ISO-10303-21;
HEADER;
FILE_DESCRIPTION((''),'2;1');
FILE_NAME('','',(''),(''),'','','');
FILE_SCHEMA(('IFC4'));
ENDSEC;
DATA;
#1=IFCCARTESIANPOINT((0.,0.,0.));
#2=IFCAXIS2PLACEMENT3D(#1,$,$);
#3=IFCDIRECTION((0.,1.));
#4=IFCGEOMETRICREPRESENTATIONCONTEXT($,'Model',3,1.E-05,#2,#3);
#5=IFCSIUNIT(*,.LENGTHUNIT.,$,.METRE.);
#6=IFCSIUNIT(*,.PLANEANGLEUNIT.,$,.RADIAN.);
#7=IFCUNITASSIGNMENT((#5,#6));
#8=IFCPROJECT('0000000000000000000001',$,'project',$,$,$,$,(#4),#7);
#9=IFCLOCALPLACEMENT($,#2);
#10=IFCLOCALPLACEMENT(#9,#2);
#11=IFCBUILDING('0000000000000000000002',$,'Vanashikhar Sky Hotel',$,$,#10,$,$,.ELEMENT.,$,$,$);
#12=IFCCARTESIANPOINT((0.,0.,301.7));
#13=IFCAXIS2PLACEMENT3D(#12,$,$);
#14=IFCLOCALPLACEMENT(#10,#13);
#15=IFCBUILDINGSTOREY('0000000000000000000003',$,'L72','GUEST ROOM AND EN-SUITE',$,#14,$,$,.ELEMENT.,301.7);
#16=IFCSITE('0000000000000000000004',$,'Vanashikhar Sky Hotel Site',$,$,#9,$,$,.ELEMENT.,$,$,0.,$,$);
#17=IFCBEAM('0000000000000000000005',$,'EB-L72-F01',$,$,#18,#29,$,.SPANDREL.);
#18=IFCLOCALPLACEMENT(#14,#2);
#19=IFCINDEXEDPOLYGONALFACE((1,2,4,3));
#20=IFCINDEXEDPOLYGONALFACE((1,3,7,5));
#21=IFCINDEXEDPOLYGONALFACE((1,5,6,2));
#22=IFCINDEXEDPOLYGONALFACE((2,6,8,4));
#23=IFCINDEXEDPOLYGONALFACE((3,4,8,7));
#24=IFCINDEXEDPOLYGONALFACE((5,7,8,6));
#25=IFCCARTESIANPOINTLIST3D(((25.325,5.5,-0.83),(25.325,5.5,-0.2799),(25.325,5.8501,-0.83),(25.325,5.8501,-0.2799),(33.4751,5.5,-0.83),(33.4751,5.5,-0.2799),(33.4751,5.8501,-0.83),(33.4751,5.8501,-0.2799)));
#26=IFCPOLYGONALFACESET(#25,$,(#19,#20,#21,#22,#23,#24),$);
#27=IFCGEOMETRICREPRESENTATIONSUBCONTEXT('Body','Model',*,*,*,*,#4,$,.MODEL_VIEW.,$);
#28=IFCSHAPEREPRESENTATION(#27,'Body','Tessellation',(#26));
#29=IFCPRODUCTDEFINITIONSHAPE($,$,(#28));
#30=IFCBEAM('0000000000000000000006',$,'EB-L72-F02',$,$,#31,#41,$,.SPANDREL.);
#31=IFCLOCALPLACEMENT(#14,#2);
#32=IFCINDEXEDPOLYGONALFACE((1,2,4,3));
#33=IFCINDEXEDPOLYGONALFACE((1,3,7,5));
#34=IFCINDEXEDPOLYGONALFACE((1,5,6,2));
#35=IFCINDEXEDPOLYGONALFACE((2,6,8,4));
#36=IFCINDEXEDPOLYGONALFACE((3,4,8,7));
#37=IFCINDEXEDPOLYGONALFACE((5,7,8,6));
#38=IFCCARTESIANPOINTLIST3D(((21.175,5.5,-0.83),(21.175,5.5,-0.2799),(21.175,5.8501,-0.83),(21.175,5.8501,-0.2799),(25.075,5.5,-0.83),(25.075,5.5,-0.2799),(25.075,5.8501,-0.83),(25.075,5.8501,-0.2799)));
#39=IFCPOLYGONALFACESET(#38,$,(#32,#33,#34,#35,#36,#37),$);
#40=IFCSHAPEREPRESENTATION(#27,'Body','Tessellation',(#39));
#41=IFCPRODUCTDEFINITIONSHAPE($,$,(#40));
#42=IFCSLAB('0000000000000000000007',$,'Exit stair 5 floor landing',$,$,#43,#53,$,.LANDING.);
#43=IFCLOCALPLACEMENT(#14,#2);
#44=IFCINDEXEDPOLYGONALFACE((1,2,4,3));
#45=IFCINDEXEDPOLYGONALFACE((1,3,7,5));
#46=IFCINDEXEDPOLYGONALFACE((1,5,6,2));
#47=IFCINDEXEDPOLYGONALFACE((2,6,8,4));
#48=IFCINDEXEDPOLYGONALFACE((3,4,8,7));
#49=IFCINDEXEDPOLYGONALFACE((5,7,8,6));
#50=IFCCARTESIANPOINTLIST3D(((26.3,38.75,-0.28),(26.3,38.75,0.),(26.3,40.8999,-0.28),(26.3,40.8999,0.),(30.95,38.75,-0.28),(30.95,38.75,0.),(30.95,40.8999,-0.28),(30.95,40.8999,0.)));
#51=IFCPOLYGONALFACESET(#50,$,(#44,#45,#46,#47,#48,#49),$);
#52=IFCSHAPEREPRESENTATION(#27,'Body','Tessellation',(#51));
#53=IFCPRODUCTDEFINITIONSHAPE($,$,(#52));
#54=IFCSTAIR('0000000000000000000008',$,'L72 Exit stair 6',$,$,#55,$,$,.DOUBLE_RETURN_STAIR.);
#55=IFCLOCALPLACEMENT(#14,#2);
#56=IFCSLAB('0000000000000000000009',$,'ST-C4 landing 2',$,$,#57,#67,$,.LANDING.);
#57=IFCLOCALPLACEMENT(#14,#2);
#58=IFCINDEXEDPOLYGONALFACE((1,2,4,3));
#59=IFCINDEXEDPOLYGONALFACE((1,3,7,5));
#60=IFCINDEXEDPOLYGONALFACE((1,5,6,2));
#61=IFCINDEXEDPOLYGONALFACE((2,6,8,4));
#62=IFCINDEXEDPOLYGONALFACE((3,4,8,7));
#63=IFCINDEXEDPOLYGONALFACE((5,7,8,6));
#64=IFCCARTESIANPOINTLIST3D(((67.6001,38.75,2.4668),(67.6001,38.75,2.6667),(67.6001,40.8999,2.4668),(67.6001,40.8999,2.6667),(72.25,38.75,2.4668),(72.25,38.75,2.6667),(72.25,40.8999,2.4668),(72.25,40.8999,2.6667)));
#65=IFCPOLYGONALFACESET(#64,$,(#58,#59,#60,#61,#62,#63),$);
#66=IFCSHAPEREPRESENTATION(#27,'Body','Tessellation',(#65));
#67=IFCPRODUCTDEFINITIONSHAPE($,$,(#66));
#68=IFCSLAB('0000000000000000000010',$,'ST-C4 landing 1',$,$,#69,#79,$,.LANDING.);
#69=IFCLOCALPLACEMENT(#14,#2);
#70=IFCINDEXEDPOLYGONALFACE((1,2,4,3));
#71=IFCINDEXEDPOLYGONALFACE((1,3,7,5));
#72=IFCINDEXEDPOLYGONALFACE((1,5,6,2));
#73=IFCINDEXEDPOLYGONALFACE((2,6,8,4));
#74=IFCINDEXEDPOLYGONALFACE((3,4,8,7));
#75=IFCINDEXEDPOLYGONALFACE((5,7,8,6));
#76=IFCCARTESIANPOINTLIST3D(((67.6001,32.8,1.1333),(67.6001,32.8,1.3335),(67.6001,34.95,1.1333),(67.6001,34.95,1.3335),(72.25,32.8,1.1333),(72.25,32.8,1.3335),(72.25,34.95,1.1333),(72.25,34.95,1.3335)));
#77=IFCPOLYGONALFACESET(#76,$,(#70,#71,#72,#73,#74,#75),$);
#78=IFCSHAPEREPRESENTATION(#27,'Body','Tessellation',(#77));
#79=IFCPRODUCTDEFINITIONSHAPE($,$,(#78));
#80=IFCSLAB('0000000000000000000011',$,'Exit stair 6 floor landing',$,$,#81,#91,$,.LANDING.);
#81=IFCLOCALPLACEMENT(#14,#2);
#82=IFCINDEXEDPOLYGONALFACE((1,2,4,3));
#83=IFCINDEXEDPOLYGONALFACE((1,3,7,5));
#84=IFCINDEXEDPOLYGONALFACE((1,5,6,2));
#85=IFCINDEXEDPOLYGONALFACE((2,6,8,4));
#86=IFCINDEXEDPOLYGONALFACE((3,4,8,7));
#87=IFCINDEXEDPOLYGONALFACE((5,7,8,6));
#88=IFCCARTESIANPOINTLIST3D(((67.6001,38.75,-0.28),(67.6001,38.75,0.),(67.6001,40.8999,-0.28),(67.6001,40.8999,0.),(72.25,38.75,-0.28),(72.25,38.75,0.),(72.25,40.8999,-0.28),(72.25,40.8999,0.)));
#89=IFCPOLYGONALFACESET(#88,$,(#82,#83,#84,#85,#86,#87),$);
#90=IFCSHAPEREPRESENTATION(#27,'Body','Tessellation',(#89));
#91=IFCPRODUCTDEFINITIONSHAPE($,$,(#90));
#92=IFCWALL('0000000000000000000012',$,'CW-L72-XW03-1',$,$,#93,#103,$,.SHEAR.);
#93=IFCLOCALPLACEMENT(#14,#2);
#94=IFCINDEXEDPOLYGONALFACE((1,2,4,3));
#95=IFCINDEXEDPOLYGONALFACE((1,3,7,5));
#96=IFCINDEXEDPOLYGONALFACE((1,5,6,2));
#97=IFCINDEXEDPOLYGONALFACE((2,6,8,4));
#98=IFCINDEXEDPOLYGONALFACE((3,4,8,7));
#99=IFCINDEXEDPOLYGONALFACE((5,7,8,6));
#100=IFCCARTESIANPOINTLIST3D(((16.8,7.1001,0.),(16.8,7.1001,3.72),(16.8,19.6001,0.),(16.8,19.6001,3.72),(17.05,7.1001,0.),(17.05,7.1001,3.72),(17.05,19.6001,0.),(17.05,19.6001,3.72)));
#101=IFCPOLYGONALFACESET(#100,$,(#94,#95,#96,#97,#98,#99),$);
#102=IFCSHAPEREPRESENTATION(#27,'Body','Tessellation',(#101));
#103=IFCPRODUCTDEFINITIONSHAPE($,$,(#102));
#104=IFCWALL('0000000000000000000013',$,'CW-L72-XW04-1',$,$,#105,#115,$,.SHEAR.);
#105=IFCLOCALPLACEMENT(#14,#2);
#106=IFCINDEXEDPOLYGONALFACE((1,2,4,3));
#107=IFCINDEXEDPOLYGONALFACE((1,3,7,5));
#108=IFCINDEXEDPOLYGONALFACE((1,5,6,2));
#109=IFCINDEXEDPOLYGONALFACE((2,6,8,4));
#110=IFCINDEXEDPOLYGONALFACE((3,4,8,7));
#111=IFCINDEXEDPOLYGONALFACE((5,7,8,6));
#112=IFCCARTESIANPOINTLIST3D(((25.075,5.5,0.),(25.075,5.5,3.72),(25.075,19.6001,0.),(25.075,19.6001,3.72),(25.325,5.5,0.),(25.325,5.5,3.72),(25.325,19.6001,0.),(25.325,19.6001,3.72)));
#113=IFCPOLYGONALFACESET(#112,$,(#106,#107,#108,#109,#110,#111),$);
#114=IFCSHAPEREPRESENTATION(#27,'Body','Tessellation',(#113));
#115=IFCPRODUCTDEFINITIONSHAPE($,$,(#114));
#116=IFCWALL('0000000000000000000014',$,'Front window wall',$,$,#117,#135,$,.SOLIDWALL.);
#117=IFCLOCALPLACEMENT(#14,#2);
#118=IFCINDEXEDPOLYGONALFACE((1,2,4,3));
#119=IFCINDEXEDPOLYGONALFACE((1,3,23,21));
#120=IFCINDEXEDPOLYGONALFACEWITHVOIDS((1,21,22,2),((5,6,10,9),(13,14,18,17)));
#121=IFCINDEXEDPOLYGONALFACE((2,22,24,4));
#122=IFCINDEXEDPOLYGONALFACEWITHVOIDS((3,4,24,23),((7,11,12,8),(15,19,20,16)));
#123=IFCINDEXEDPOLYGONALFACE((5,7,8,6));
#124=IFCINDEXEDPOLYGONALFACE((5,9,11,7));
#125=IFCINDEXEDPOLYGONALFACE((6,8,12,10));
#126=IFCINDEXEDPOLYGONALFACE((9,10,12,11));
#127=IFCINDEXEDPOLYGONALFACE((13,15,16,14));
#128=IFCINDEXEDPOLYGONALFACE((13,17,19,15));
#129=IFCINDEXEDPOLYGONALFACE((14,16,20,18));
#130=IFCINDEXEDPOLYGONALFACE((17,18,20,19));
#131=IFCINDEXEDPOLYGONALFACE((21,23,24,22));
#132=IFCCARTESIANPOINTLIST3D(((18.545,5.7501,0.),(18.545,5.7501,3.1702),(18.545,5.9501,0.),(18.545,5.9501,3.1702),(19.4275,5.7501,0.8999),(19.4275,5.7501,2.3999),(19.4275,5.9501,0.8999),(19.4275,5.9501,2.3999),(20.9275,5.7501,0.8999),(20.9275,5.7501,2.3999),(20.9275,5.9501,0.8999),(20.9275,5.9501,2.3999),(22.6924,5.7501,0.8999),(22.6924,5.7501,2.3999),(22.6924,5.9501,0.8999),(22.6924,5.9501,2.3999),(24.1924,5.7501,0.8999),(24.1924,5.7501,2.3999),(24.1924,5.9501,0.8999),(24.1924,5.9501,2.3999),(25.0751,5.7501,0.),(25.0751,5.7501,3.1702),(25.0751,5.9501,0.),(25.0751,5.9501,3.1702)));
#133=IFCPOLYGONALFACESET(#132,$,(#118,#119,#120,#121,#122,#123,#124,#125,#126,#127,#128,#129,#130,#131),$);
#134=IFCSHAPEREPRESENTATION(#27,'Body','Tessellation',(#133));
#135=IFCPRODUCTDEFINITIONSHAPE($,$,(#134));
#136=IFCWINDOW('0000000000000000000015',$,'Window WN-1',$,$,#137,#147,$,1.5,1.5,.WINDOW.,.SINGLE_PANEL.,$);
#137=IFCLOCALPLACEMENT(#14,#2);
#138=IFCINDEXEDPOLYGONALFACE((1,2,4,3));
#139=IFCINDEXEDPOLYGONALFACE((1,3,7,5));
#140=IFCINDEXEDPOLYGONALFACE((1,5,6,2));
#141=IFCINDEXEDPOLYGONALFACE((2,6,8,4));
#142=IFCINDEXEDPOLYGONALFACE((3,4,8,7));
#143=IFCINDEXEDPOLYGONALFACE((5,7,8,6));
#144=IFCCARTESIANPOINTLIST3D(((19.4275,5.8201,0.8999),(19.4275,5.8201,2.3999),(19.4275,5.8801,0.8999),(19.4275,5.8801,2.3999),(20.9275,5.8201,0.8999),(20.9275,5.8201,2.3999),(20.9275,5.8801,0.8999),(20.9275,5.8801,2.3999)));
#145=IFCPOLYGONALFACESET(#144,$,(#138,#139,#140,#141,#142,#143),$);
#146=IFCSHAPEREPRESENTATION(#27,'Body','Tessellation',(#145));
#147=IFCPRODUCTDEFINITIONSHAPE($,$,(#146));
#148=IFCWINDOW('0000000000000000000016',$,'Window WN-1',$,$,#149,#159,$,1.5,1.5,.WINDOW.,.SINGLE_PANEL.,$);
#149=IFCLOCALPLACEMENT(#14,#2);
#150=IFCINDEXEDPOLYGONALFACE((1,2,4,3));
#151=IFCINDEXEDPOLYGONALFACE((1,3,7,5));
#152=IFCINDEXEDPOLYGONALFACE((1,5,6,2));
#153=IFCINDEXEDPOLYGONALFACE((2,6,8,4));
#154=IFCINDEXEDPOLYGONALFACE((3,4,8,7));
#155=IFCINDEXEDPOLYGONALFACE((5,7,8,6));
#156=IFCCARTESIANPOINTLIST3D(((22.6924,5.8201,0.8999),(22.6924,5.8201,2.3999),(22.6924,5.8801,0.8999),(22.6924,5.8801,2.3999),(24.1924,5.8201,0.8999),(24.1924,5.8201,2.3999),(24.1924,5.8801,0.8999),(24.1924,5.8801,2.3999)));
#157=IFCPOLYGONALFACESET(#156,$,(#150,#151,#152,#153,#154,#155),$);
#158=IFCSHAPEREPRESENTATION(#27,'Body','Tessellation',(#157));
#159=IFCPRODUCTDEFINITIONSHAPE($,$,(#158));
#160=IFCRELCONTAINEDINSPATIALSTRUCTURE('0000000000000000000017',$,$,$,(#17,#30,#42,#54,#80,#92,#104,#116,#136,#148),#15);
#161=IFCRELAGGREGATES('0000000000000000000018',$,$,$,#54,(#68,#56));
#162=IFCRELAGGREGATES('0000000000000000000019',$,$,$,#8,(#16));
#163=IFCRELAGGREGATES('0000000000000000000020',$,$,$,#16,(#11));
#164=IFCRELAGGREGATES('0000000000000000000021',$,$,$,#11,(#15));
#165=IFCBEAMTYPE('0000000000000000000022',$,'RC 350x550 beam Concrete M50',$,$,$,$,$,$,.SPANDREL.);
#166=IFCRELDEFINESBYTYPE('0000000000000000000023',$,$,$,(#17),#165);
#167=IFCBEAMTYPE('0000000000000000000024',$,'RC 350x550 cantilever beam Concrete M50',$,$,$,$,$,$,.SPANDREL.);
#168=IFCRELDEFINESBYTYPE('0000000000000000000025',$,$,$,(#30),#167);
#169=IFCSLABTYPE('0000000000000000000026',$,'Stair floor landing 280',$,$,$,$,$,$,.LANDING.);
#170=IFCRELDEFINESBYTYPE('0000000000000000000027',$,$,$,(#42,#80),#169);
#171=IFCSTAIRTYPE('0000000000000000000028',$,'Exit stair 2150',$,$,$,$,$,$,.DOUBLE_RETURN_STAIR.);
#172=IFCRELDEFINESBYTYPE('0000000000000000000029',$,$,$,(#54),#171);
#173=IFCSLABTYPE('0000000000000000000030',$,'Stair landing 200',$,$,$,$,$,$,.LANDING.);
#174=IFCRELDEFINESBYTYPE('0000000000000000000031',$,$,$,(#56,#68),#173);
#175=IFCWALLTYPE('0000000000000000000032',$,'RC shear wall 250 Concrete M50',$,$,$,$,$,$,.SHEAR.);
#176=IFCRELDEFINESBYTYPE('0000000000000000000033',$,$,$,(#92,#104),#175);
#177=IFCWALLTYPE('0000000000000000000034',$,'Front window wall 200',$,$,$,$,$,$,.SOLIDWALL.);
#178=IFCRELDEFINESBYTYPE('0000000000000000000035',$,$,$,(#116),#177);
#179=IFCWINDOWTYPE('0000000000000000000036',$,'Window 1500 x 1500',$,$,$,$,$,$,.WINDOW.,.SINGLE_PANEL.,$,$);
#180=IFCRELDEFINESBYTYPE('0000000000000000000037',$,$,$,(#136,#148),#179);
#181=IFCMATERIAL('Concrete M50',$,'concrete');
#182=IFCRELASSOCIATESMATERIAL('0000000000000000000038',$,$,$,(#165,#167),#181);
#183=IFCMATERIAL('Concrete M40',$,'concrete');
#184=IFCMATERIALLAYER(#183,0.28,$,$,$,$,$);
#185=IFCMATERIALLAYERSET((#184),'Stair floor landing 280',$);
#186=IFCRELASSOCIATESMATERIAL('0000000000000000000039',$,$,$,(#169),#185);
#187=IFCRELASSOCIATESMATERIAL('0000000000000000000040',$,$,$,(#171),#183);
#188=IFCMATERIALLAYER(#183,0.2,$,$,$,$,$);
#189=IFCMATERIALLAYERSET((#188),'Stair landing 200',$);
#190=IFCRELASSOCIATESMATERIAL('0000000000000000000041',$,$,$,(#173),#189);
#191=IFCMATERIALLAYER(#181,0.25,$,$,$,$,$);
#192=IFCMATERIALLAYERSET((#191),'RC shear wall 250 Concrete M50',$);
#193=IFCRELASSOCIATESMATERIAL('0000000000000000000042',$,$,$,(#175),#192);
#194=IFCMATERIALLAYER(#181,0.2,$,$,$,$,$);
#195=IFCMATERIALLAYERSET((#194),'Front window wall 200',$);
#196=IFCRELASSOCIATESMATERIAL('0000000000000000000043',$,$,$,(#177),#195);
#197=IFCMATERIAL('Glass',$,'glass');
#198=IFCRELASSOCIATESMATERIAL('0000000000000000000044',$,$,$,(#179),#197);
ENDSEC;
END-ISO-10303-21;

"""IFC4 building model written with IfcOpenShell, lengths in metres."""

from ifc_helpers import new_model, si_unit, direction, frame, frame_2d, origin, origin_2d, place, context, subcontext, project, spatial, polyline, rectangle, outline, extrude, source, transform, mapped, material, layer, layer_set, material_profile, profile_set, type_object, element, fill, aggregate, save


model = new_model("IFC4")

# Units and contexts
model_context = context("Model", 3, precision=1e-05, world=origin(), true_north=direction((0.0, 1.0)))
body_context = subcontext(model_context, "Body", "Model", "MODEL_VIEW")
ifc_project = project(units=[si_unit("LENGTHUNIT", "METRE"), si_unit("PLANEANGLEUNIT", "RADIAN")], contexts=[model_context])

# Site, building, storey
site_placement = place(None, origin())
site = spatial("IfcSite", under=ifc_project, at=site_placement, Name="Vanashikhar Sky Hotel Site", CompositionType="ELEMENT", RefElevation=0.0)
building_placement = place(site_placement, origin())
building = spatial("IfcBuilding", under=site, at=building_placement, Name="Vanashikhar Sky Hotel", CompositionType="ELEMENT")
storey_placement = place(building_placement, frame((0.0, 0.0, 301.7)))
storey = spatial("IfcBuildingStorey", under=building, at=storey_placement, Name="L72", Description="GUEST ROOM AND EN-SUITE", CompositionType="ELEMENT", Elevation=301.7)

# Beams
ifc_material_1 = material(Name="Concrete M50", Category="concrete")
ifc_material_profile_1 = material_profile(ifc_material_1, rectangle(XDim=0.3501, YDim=0.55, at=origin_2d()))
ifc_profile_set_1 = profile_set([ifc_material_profile_1], Name="RC 350x550 beam Concrete M50")
beam_type_1 = type_object("IfcBeamType", Name="RC 350x550 beam Concrete M50", PredefinedType="SPANDREL", material=ifc_profile_set_1)
shared_shape_1 = source(origin(), body_context, "Body", "SweptSolid", [
    extrude(rectangle(XDim=0.3501, YDim=0.55, at=origin_2d()), origin(), (0.0, 0.0, 1.0), 8.1501),
])
beam_1_placement = place(storey_placement, frame((25.325, 5.675, -0.5549), z_axis=(1.0, 0.0, 0.0), x_axis=(0.0, 1.0, 0.0)))
element("IfcBeam", 1, at=beam_1_placement, inside=storey, type_object=beam_type_1, Name="EB-L72-F01", PredefinedType="SPANDREL", context=body_context, shape_type="MappedRepresentation", body=[
    mapped(shared_shape_1, transform((0.0, 0.0, 0.0), scale=1.0)),
])
ifc_material_profile_2 = material_profile(ifc_material_1, rectangle(XDim=0.3501, YDim=0.55, at=origin_2d()))
ifc_profile_set_2 = profile_set([ifc_material_profile_2], Name="RC 350x550 cantilever beam Concrete M50")
beam_type_2 = type_object("IfcBeamType", Name="RC 350x550 cantilever beam Concrete M50", PredefinedType="SPANDREL", material=ifc_profile_set_2)
shared_shape_2 = source(origin(), body_context, "Body", "SweptSolid", [
    extrude(rectangle(XDim=0.3501, YDim=0.55, at=origin_2d()), origin(), (0.0, 0.0, 1.0), 3.8999),
])
beam_2_placement = place(storey_placement, frame((21.175, 5.675, -0.5549), z_axis=(1.0, 0.0, 0.0), x_axis=(0.0, 1.0, 0.0)))
element("IfcBeam", 2, at=beam_2_placement, inside=storey, type_object=beam_type_2, Name="EB-L72-F02", PredefinedType="SPANDREL", context=body_context, shape_type="MappedRepresentation", body=[
    mapped(shared_shape_2, transform((0.0, 0.0, 0.0), scale=1.0)),
])

# Slab
ifc_material_2 = material(Name="Concrete M40", Category="concrete")
ifc_layer_1 = layer(ifc_material_2, 0.28)
ifc_layer_set_1 = layer_set([ifc_layer_1], Name="Stair floor landing 280")
slab_type_1 = type_object("IfcSlabType", Name="Stair floor landing 280", PredefinedType="LANDING", material=ifc_layer_set_1)
shared_shape_3 = source(origin(), body_context, "Body", "SweptSolid", [
    extrude(outline(polyline([(30.95, 38.75), (30.95, 40.8999), (26.3, 40.8999), (26.3, 38.75), (30.95, 38.75)])), origin(), (0.0, 0.0, 1.0), 0.28),
])
slab_1_placement = place(storey_placement, frame((0.0, 0.0, -0.28)))
element("IfcSlab", 3, at=slab_1_placement, inside=storey, type_object=slab_type_1, Name="Exit stair 5 floor landing", PredefinedType="LANDING", context=body_context, shape_type="MappedRepresentation", body=[
    mapped(shared_shape_3, transform((0.0, 0.0, 0.0), scale=1.0)),
])

# Stair, slabs
stair_type = type_object("IfcStairType", Name="Exit stair 2150", PredefinedType="DOUBLE_RETURN_STAIR", material=ifc_material_2)
stair_placement = place(storey_placement, origin())
stair = element("IfcStair", 4, at=stair_placement, inside=storey, type_object=stair_type, Name="L72 Exit stair 6", PredefinedType="DOUBLE_RETURN_STAIR")
ifc_layer_2 = layer(ifc_material_2, 0.2)
ifc_layer_set_2 = layer_set([ifc_layer_2], Name="Stair landing 200")
slab_type_2 = type_object("IfcSlabType", Name="Stair landing 200", PredefinedType="LANDING", material=ifc_layer_set_2)
shared_shape_4 = source(origin(), body_context, "Body", "SweptSolid", [
    extrude(outline(polyline([(72.25, 38.75), (72.25, 40.8999), (67.6001, 40.8999), (67.6001, 38.75), (72.25, 38.75)])), origin(), (0.0, 0.0, 1.0), 0.2),
])
slab_2_placement = place(storey_placement, frame((0.0, 0.0, 2.4668)))
slab_2 = element("IfcSlab", 5, at=slab_2_placement, type_object=slab_type_2, Name="ST-C4 landing 2", PredefinedType="LANDING", context=body_context, shape_type="MappedRepresentation", body=[
    mapped(shared_shape_4, transform((0.0, 0.0, 0.0), scale=1.0)),
])
shared_shape_5 = source(origin(), body_context, "Body", "SweptSolid", [
    extrude(outline(polyline([(72.25, 32.8), (72.25, 34.95), (67.6001, 34.95), (67.6001, 32.8), (72.25, 32.8)])), origin(), (0.0, 0.0, 1.0), 0.2002),
])
slab_3_placement = place(storey_placement, frame((0.0, 0.0, 1.1333)))
slab_3 = element("IfcSlab", 6, at=slab_3_placement, type_object=slab_type_2, Name="ST-C4 landing 1", PredefinedType="LANDING", context=body_context, shape_type="MappedRepresentation", body=[
    mapped(shared_shape_5, transform((0.0, 0.0, 0.0), scale=1.0)),
])
aggregate(stair, [slab_3, slab_2])

# Slab
shared_shape_6 = source(origin(), body_context, "Body", "SweptSolid", [
    extrude(outline(polyline([(72.25, 38.75), (72.25, 40.8999), (67.6001, 40.8999), (67.6001, 38.75), (72.25, 38.75)])), origin(), (0.0, 0.0, 1.0), 0.28),
])
slab_4_placement = place(storey_placement, frame((0.0, 0.0, -0.28)))
element("IfcSlab", 7, at=slab_4_placement, inside=storey, type_object=slab_type_1, Name="Exit stair 6 floor landing", PredefinedType="LANDING", context=body_context, shape_type="MappedRepresentation", body=[
    mapped(shared_shape_6, transform((0.0, 0.0, 0.0), scale=1.0)),
])

# Walls
ifc_layer_3 = layer(ifc_material_1, 0.25)
ifc_layer_set_3 = layer_set([ifc_layer_3], Name="RC shear wall 250 Concrete M50")
wall_type_1 = type_object("IfcWallType", Name="RC shear wall 250 Concrete M50", PredefinedType="SHEAR", material=ifc_layer_set_3)
shared_shape_7 = source(origin(), body_context, "Body", "SweptSolid", [
    extrude(rectangle(XDim=12.5, YDim=0.25, at=frame_2d((6.25, 0.0))), origin(), (0.0, 0.0, 1.0), 3.72),
])
wall_1_placement = place(storey_placement, frame((16.925, 7.1001, 0.0), z_axis=(0.0, 0.0, 1.0), x_axis=(0.0, 1.0, 0.0)))
element("IfcWall", 8, at=wall_1_placement, inside=storey, type_object=wall_type_1, Name="CW-L72-XW03-1", PredefinedType="SHEAR", context=body_context, shape_type="MappedRepresentation", body=[
    mapped(shared_shape_7, transform((0.0, 0.0, 0.0), scale=1.0)),
])
shared_shape_8 = source(origin(), body_context, "Body", "SweptSolid", [
    extrude(rectangle(XDim=14.1001, YDim=0.25, at=frame_2d((7.05, 0.0))), origin(), (0.0, 0.0, 1.0), 3.72),
])
wall_2_placement = place(storey_placement, frame((25.2, 5.5, 0.0), z_axis=(0.0, 0.0, 1.0), x_axis=(0.0, 1.0, 0.0)))
element("IfcWall", 9, at=wall_2_placement, inside=storey, type_object=wall_type_1, Name="CW-L72-XW04-1", PredefinedType="SHEAR", context=body_context, shape_type="MappedRepresentation", body=[
    mapped(shared_shape_8, transform((0.0, 0.0, 0.0), scale=1.0)),
])

# Wall, openings, windows
ifc_layer_4 = layer(ifc_material_1, 0.2)
ifc_layer_set_4 = layer_set([ifc_layer_4], Name="Front window wall 200")
wall_type_2 = type_object("IfcWallType", Name="Front window wall 200", PredefinedType="SOLIDWALL", material=ifc_layer_set_4)
shared_shape_9 = source(origin(), body_context, "Body", "SweptSolid", [
    extrude(rectangle(XDim=6.53, YDim=0.2, at=frame_2d((3.2651, 0.0))), origin(), (0.0, 0.0, 1.0), 3.1702),
])
wall_3_placement = place(storey_placement, frame((18.5449, 5.8501, 0.0), z_axis=(0.0, 0.0, 1.0), x_axis=(1.0, 0.0, 0.0)))
wall_3 = element("IfcWall", 10, at=wall_3_placement, inside=storey, type_object=wall_type_2, Name="Front window wall", PredefinedType="SOLIDWALL", context=body_context, shape_type="MappedRepresentation", body=[
    mapped(shared_shape_9, transform((0.0, 0.0, 0.0), scale=1.0)),
])
shared_shape_10 = source(origin(), body_context, "Body", "SweptSolid", [
    extrude(rectangle(XDim=1.5, YDim=1.5, at=frame_2d((0.75, 0.75))), frame((0.0, 0.1099, 0.0), z_axis=(0.0, -1.0, 0.0), x_axis=(1.0, 0.0, 0.0)), (0.0, 0.0, 1.0), 0.22),
])
opening_1_placement = place(wall_3_placement, frame((0.8826, 0.0, 0.8999)))
opening_1 = element("IfcOpeningElement", 11, at=opening_1_placement, cuts=wall_3, PredefinedType="OPENING", context=body_context, shape_type="MappedRepresentation", body=[
    mapped(shared_shape_10, transform((0.0, 0.0, 0.0), scale=1.0)),
])
opening_2_placement = place(wall_3_placement, frame((4.1475, 0.0, 0.8999)))
opening_2 = element("IfcOpeningElement", 12, at=opening_2_placement, cuts=wall_3, PredefinedType="OPENING", context=body_context, shape_type="MappedRepresentation", body=[
    mapped(shared_shape_10, transform((0.0, 0.0, 0.0), scale=1.0)),
])
ifc_material_3 = material(Name="Glass", Category="glass")
window_type_1 = type_object("IfcWindowType", Name="Window 1500 x 1500", PartitioningType="SINGLE_PANEL", PredefinedType="WINDOW", material=ifc_material_3)
shared_shape_11 = source(origin(), body_context, "Body", "SweptSolid", [
    extrude(rectangle(XDim=1.5, YDim=1.5, at=frame_2d((0.75, 0.75))), frame((0.0, 0.03, 0.0), z_axis=(0.0, -1.0, 0.0), x_axis=(1.0, 0.0, 0.0)), (0.0, 0.0, 1.0), 0.0601),
])
window_1_placement = place(opening_1_placement, origin())
window_1 = element("IfcWindow", 13, at=window_1_placement, inside=storey, type_object=window_type_1, Name="Window WN-1", OverallHeight=1.5, OverallWidth=1.5, PartitioningType="SINGLE_PANEL", PredefinedType="WINDOW", context=body_context, shape_type="MappedRepresentation", body=[
    mapped(shared_shape_11, transform((0.0, 0.0, 0.0), scale=1.0)),
])
fill(opening_1, window_1)
window_2_placement = place(opening_2_placement, origin())
window_2 = element("IfcWindow", 14, at=window_2_placement, inside=storey, type_object=window_type_1, Name="Window WN-1", OverallHeight=1.5, OverallWidth=1.5, PartitioningType="SINGLE_PANEL", PredefinedType="WINDOW", context=body_context, shape_type="MappedRepresentation", body=[
    mapped(shared_shape_11, transform((0.0, 0.0, 0.0), scale=1.0)),
])
fill(opening_2, window_2)

save(model, "model.ifc")
